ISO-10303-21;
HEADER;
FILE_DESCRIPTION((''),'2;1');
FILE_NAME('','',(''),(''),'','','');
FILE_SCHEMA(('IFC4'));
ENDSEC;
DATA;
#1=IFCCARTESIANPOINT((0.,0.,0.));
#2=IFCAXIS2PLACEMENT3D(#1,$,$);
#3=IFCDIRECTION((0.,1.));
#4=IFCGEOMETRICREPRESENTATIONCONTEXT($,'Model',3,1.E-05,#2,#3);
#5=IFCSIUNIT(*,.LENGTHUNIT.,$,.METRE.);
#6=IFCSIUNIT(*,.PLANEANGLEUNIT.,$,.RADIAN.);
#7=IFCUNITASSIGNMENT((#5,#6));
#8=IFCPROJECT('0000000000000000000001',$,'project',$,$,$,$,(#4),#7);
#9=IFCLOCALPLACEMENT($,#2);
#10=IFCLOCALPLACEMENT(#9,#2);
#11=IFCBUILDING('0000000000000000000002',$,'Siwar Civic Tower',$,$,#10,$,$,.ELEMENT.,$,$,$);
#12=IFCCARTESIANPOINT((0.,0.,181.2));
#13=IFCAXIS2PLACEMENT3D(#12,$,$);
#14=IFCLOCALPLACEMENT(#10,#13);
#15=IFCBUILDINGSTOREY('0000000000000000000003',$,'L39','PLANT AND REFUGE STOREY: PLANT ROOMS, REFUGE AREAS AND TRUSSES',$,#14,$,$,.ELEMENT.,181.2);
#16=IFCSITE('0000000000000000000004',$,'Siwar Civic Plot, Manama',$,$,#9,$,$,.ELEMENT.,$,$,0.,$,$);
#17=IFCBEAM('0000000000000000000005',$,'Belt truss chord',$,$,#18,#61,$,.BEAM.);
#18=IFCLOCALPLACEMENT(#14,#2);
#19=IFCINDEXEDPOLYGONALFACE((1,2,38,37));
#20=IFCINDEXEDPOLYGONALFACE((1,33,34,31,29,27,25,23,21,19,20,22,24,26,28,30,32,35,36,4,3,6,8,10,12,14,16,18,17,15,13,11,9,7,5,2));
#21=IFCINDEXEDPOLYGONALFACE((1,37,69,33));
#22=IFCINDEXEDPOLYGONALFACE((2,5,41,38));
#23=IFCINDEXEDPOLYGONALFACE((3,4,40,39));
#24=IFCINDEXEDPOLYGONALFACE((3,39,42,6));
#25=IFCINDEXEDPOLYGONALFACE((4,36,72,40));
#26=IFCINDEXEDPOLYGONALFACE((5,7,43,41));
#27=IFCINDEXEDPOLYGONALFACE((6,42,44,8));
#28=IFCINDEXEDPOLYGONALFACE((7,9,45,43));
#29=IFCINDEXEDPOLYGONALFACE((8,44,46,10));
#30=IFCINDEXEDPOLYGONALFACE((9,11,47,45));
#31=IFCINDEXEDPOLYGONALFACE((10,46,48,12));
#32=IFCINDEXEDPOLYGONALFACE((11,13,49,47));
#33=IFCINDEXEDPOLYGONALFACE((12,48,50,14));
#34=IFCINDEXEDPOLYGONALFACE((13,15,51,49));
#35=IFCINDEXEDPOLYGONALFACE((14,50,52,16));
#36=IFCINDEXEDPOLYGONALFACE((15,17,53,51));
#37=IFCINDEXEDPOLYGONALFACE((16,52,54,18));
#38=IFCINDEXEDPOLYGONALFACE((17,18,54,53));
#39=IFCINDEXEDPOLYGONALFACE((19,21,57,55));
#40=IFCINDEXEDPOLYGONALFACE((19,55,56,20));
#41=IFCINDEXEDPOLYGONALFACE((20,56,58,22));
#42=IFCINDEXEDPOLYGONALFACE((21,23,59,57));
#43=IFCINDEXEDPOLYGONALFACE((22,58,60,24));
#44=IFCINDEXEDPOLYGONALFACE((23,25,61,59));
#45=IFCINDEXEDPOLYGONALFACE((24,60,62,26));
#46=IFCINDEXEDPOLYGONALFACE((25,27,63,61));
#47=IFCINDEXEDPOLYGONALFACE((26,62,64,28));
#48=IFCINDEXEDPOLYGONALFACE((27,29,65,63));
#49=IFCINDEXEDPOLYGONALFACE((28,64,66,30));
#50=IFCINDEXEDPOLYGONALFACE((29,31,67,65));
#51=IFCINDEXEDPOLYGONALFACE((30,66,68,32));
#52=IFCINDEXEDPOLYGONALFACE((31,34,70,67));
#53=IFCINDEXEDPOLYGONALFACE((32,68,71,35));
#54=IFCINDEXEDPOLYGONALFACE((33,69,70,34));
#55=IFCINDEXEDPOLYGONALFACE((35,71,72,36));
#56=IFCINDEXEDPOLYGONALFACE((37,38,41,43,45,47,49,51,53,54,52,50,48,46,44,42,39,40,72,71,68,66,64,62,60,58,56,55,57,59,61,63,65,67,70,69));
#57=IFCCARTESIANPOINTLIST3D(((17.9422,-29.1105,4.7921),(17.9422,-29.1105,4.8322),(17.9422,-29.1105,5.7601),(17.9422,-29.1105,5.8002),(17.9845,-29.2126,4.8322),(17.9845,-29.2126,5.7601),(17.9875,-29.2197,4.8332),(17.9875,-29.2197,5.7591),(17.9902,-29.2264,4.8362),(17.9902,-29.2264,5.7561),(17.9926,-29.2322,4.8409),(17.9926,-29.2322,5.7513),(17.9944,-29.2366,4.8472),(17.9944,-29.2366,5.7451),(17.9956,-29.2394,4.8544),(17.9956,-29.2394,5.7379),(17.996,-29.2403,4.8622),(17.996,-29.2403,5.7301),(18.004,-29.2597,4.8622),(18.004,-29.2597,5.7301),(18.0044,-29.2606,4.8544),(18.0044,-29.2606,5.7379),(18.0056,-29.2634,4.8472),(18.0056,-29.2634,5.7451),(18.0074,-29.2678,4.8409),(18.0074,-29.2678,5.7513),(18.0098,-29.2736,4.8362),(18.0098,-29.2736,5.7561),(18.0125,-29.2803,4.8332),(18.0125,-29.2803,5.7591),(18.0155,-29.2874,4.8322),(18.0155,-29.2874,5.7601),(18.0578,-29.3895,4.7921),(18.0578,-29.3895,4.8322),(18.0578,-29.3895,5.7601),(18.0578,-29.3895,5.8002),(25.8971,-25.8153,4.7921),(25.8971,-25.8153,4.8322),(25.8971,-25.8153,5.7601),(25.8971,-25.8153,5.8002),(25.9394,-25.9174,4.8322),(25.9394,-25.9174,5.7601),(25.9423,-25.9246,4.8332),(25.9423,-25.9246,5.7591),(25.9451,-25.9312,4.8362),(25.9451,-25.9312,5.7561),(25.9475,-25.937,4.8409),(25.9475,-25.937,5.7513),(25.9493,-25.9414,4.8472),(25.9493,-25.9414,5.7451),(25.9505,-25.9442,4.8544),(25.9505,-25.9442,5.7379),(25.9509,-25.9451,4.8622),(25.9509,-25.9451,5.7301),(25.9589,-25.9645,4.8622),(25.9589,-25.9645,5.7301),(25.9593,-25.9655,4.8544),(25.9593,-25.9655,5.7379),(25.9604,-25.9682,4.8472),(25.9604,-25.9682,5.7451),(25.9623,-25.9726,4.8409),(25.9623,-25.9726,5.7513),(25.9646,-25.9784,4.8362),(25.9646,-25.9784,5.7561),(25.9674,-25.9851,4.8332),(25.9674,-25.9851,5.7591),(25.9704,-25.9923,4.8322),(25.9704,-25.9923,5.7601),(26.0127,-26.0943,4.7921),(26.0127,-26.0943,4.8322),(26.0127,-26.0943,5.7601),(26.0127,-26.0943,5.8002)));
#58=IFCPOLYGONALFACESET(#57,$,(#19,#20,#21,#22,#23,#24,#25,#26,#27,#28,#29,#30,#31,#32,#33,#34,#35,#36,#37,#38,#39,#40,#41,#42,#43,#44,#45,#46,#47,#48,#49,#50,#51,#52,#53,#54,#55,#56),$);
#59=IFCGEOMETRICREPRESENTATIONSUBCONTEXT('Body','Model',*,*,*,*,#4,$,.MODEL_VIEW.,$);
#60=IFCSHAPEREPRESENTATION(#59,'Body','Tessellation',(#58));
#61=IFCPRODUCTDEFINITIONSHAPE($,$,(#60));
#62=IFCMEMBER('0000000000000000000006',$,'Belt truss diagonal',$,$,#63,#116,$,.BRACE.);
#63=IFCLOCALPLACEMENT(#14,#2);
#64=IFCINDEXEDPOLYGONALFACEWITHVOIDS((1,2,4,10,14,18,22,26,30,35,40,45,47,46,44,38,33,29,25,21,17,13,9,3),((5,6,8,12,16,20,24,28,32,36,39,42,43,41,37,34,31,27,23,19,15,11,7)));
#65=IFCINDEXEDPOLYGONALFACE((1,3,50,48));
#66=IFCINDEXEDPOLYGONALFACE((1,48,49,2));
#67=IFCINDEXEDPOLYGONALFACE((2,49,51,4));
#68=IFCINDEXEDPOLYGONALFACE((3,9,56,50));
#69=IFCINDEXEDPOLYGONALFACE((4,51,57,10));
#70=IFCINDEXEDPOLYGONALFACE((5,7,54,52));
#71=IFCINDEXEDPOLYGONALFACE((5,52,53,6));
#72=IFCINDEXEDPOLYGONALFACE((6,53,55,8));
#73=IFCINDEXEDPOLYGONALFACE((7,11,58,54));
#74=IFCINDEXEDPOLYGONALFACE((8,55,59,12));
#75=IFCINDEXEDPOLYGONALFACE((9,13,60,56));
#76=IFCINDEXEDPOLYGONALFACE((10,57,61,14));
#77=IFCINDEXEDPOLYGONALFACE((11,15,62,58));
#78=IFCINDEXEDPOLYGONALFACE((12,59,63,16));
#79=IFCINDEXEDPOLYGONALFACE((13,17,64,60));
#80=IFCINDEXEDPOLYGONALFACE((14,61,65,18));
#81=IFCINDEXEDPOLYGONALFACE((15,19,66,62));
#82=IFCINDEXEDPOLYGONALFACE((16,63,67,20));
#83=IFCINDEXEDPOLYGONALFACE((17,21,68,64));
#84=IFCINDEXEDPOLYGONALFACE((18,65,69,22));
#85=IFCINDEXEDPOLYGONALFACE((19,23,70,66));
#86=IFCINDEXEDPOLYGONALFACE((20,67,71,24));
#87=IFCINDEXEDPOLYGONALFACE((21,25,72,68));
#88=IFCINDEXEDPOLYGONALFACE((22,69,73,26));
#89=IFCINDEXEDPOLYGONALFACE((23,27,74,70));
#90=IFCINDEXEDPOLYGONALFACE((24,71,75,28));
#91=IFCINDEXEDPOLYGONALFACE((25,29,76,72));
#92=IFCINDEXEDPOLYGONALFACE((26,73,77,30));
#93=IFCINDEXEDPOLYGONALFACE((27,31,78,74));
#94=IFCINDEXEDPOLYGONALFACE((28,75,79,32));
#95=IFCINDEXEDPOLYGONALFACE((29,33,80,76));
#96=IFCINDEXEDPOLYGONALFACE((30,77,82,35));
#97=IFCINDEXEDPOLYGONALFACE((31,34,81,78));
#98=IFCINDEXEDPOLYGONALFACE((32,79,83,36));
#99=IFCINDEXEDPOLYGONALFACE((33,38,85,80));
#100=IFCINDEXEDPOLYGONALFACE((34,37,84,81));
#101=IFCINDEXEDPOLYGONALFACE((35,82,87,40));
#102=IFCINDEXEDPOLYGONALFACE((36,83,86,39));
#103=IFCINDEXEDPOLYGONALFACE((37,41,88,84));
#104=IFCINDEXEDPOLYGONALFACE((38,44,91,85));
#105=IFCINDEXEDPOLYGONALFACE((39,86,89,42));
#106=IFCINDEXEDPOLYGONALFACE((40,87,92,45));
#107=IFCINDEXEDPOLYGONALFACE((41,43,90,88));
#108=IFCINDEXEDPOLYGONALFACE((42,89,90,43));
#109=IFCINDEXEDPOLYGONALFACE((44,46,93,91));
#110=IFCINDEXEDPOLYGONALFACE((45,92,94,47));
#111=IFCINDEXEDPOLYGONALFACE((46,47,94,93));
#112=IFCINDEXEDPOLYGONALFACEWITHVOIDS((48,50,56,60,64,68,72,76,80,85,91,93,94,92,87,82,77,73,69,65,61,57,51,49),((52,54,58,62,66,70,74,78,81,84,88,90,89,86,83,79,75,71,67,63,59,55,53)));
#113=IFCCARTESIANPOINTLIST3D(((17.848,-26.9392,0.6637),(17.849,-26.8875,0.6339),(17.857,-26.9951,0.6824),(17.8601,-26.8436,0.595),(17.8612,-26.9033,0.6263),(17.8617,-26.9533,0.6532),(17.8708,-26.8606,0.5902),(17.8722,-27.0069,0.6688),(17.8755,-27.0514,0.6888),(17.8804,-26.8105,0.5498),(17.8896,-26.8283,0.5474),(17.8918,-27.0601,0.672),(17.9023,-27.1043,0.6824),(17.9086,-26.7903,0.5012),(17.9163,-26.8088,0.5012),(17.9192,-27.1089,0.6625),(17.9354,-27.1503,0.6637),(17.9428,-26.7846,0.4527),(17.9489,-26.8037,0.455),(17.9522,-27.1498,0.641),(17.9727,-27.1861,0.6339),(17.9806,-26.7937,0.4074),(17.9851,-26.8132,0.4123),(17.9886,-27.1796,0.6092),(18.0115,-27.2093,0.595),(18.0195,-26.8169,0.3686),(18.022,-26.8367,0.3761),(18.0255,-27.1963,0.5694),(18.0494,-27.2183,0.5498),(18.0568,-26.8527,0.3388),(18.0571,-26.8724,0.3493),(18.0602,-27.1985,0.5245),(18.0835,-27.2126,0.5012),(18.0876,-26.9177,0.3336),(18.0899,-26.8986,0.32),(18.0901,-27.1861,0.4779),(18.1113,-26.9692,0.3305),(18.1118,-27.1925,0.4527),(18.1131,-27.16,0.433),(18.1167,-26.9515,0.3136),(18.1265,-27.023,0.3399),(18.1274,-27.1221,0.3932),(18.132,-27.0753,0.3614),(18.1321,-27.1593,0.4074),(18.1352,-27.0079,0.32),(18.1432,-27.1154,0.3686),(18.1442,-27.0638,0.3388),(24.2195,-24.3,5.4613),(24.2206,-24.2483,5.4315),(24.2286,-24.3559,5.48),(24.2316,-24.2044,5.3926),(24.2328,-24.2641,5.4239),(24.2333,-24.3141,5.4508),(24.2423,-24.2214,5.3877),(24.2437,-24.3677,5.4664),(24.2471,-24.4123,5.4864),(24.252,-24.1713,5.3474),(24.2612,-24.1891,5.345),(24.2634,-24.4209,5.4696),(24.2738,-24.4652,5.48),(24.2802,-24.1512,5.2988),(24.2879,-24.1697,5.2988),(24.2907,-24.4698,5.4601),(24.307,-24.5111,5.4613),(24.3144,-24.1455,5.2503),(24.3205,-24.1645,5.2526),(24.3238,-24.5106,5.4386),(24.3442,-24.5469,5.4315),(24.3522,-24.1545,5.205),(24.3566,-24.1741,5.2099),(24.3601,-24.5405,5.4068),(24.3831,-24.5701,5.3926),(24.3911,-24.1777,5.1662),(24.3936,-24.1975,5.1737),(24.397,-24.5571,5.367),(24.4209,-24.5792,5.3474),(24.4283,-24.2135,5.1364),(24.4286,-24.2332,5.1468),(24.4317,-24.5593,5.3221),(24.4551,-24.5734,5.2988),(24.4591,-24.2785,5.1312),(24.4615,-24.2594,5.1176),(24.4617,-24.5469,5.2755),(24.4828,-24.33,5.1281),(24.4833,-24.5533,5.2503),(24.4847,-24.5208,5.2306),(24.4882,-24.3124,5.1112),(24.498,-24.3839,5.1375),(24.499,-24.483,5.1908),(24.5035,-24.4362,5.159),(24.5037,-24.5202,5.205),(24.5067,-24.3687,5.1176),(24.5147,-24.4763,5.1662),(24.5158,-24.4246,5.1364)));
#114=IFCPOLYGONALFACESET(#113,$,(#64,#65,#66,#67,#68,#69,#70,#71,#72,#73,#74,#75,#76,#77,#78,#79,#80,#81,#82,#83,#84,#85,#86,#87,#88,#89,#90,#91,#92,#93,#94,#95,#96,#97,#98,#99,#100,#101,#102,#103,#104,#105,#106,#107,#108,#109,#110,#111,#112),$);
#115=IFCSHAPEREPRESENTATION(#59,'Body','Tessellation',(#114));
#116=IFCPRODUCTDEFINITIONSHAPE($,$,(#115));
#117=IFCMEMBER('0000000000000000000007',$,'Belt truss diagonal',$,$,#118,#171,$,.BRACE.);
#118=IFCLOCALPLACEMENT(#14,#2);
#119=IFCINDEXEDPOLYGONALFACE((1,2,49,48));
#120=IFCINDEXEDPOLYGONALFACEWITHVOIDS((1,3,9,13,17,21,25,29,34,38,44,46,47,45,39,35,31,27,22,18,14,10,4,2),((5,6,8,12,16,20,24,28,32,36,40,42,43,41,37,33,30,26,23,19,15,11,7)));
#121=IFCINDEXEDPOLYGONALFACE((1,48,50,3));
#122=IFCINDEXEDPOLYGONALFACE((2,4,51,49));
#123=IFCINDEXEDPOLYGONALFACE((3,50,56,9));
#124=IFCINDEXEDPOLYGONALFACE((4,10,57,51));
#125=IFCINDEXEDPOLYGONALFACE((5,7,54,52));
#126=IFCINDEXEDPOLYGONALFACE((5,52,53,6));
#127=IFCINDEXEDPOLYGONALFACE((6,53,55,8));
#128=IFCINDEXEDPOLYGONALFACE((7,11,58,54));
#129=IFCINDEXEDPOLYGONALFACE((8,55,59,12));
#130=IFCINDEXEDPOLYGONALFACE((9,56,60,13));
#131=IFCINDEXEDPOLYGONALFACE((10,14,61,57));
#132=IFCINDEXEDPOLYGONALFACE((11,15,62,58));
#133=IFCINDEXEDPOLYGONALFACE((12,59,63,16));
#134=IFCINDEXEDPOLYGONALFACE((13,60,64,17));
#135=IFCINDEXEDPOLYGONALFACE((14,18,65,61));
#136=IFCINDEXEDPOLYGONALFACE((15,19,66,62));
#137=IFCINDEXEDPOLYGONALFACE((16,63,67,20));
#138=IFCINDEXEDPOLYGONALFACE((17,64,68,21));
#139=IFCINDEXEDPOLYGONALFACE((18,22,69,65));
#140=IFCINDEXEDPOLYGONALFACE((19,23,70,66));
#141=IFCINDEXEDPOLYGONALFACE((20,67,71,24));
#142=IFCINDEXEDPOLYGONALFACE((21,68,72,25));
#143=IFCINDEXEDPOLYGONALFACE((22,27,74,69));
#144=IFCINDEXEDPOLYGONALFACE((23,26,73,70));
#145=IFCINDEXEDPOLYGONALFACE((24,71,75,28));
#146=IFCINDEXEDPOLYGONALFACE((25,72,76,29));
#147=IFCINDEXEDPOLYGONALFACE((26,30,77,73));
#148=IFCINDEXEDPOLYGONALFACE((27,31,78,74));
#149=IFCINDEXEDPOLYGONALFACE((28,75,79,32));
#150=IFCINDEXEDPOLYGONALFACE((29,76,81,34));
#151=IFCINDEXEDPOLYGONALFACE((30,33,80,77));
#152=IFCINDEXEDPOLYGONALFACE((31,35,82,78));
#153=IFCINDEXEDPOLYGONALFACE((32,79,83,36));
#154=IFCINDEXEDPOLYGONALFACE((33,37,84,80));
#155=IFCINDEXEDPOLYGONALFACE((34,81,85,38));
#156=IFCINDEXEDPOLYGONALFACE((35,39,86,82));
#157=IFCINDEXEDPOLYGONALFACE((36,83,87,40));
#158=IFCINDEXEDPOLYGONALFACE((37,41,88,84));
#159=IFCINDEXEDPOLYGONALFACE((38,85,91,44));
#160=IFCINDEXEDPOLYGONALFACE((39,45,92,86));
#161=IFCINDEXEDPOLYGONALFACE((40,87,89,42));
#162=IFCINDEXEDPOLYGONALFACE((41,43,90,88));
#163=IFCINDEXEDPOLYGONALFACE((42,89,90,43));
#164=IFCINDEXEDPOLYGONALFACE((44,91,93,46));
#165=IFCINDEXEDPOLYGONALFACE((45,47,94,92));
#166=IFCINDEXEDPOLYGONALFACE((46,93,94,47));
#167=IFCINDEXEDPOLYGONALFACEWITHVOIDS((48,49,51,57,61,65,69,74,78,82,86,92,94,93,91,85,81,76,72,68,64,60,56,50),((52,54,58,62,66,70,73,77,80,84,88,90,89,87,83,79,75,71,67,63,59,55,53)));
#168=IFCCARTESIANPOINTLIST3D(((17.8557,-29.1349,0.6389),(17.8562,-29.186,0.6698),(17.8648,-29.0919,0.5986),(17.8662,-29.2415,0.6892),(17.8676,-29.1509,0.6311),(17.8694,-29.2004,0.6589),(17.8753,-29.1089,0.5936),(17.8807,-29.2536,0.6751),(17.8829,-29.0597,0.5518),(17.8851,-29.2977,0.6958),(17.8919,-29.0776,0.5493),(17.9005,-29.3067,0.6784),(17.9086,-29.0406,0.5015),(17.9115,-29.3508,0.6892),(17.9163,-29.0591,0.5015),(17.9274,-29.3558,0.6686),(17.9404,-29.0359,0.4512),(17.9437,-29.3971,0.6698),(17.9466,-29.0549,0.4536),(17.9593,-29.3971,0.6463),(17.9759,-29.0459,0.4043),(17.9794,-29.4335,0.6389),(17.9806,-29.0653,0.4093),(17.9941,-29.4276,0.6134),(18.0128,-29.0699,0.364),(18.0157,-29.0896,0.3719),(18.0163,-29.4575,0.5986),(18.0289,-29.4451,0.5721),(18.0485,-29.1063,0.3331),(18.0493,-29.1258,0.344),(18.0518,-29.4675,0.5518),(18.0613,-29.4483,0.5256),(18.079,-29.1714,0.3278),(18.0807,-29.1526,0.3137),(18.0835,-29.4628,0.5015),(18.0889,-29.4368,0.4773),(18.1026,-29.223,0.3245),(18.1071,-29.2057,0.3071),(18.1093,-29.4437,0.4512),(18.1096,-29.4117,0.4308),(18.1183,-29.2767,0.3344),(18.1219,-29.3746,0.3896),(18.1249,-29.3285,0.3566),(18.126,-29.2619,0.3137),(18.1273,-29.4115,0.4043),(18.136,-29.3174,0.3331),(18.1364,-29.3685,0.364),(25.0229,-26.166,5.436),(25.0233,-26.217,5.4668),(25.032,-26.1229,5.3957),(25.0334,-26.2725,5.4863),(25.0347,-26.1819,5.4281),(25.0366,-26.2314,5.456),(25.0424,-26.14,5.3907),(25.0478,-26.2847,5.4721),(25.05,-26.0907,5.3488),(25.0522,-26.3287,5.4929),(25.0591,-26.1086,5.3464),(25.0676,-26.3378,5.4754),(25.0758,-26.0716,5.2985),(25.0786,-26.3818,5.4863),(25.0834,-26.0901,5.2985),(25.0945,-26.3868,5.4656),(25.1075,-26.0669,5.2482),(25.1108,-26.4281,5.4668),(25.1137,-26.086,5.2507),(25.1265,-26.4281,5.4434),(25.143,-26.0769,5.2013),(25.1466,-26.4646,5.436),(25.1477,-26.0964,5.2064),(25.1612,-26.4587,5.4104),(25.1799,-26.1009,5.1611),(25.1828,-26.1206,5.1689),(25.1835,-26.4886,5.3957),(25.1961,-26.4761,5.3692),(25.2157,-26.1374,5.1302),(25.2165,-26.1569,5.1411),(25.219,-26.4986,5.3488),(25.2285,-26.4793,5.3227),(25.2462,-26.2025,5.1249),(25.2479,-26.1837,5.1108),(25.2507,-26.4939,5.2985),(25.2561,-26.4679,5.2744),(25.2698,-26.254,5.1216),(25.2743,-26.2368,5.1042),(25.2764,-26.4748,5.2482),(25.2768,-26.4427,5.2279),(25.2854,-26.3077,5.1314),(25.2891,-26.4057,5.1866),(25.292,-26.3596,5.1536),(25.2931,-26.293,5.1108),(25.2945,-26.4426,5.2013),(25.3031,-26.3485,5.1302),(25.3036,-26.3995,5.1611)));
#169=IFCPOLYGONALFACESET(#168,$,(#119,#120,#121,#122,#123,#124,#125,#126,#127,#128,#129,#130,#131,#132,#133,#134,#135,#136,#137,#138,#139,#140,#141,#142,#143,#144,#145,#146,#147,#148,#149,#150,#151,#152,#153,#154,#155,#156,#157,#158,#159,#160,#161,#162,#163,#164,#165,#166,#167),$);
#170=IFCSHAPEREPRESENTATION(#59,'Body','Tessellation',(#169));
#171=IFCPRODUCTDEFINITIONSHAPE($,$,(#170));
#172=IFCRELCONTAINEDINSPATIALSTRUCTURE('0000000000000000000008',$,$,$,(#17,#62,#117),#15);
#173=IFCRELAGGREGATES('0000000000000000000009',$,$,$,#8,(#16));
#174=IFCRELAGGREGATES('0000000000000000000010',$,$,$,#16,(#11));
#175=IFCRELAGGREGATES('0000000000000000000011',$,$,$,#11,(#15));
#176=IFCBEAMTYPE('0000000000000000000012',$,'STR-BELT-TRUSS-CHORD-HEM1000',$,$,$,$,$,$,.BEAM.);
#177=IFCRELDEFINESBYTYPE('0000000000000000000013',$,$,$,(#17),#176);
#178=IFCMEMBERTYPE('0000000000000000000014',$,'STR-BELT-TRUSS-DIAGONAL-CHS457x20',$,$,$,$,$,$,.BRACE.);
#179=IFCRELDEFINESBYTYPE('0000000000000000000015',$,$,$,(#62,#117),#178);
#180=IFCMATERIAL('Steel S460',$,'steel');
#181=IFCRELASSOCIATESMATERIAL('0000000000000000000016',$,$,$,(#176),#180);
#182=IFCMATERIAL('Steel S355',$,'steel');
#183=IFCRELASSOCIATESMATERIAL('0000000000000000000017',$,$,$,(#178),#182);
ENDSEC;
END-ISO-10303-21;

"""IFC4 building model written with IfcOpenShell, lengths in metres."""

from ifc_helpers import new_model, si_unit, direction, frame, origin, origin_2d, place, context, subcontext, project, spatial, hollow_circle, i_section, extrude, material, material_profile, profile_set, type_object, element, save


model = new_model("IFC4")

# Units and contexts
model_context = context("Model", 3, precision=1e-05, world=origin(), true_north=direction((0.0, 1.0)))
body_context = subcontext(model_context, "Body", "Model", "MODEL_VIEW")
ifc_project = project(units=[si_unit("LENGTHUNIT", "METRE"), si_unit("PLANEANGLEUNIT", "RADIAN")], contexts=[model_context])

# Site, building, storey
site_placement = place(None, origin())
site = spatial("IfcSite", under=ifc_project, at=site_placement, Name="Siwar Civic Plot, Manama", CompositionType="ELEMENT", RefElevation=0.0)
building_placement = place(site_placement, origin())
building = spatial("IfcBuilding", under=site, at=building_placement, Name="Siwar Civic Tower", CompositionType="ELEMENT")
storey_placement = place(building_placement, frame((0.0, 0.0, 181.2)))
storey = spatial("IfcBuildingStorey", under=building, at=storey_placement, Name="L39", Description="PLANT AND REFUGE STOREY: PLANT ROOMS, REFUGE AREAS AND TRUSSES", CompositionType="ELEMENT", Elevation=181.2)

# Beam
ifc_material_1 = material(Name="Steel S460", Category="steel")
ifc_material_profile_1 = material_profile(ifc_material_1, i_section(OverallWidth=0.302, OverallDepth=1.0081, WebThickness=0.021, FlangeThickness=0.04, FilletRadius=0.03, at=origin_2d()), Name="HEM1000")
ifc_profile_set_1 = profile_set([ifc_material_profile_1], Name="Steel S460")
beam_type_1 = type_object("IfcBeamType", Name="STR-BELT-TRUSS-CHORD-HEM1000", PredefinedType="BEAM", material=ifc_profile_set_1)
for number, where, z_axis, x_axis, name in (
    (1, (18.0, -29.25, 5.2961), (0.923873, 0.3827, 0.0), (-0.3827, 0.923873, 0.0), "Belt truss chord"),
):
    element("IfcBeam", number, at=place(storey_placement, frame(where, z_axis=z_axis, x_axis=x_axis)), inside=storey, type_object=beam_type_1, Name=name, PredefinedType="BEAM", context=body_context, shape_type="SweptSolid", body=[
        extrude(i_section(OverallWidth=0.302, OverallDepth=1.0081, WebThickness=0.021, FlangeThickness=0.04, FilletRadius=0.03, at=origin_2d()), origin(), (0.0, 0.0, 1.0), 8.6104),
    ])

# Members
ifc_material_2 = material(Name="Steel S355", Category="steel")
ifc_material_profile_2 = material_profile(ifc_material_2, hollow_circle(Radius=0.2285, WallThickness=0.02, at=origin_2d()), Name="CHS457x20")
ifc_profile_set_2 = profile_set([ifc_material_profile_2], Name="Steel S355")
member_type_1 = type_object("IfcMemberType", Name="STR-BELT-TRUSS-DIAGONAL-CHS457x20", PredefinedType="BRACE", material=ifc_profile_set_2)
member_1_placement = place(storey_placement, frame((17.9961, -27.0015, 0.5012), z_axis=(0.758418, 0.314143, 0.571066), x_axis=(-0.382679, 0.923881, 0.0)))
element("IfcMember", 2, at=member_1_placement, inside=storey, type_object=member_type_1, Name="Belt truss diagonal", PredefinedType="BRACE", context=body_context, shape_type="SweptSolid", body=[
    extrude(hollow_circle(Radius=0.2285, WallThickness=0.02, at=origin_2d()), origin(), (0.0, 0.0, 1.0), 8.4011),
])
member_2_placement = place(storey_placement, frame((17.9961, -29.2517, 0.5015), z_axis=(0.785777, 0.325504, 0.52593), x_axis=(-0.382708, 0.923869, 0.0)))
element("IfcMember", 3, at=member_2_placement, inside=storey, type_object=member_type_1, Name="Belt truss diagonal", PredefinedType="BRACE", context=body_context, shape_type="SweptSolid", body=[
    extrude(hollow_circle(Radius=0.2285, WallThickness=0.02, at=origin_2d()), origin(), (0.0, 0.0, 1.0), 9.1211),
])

save(model, "model.ifc")
